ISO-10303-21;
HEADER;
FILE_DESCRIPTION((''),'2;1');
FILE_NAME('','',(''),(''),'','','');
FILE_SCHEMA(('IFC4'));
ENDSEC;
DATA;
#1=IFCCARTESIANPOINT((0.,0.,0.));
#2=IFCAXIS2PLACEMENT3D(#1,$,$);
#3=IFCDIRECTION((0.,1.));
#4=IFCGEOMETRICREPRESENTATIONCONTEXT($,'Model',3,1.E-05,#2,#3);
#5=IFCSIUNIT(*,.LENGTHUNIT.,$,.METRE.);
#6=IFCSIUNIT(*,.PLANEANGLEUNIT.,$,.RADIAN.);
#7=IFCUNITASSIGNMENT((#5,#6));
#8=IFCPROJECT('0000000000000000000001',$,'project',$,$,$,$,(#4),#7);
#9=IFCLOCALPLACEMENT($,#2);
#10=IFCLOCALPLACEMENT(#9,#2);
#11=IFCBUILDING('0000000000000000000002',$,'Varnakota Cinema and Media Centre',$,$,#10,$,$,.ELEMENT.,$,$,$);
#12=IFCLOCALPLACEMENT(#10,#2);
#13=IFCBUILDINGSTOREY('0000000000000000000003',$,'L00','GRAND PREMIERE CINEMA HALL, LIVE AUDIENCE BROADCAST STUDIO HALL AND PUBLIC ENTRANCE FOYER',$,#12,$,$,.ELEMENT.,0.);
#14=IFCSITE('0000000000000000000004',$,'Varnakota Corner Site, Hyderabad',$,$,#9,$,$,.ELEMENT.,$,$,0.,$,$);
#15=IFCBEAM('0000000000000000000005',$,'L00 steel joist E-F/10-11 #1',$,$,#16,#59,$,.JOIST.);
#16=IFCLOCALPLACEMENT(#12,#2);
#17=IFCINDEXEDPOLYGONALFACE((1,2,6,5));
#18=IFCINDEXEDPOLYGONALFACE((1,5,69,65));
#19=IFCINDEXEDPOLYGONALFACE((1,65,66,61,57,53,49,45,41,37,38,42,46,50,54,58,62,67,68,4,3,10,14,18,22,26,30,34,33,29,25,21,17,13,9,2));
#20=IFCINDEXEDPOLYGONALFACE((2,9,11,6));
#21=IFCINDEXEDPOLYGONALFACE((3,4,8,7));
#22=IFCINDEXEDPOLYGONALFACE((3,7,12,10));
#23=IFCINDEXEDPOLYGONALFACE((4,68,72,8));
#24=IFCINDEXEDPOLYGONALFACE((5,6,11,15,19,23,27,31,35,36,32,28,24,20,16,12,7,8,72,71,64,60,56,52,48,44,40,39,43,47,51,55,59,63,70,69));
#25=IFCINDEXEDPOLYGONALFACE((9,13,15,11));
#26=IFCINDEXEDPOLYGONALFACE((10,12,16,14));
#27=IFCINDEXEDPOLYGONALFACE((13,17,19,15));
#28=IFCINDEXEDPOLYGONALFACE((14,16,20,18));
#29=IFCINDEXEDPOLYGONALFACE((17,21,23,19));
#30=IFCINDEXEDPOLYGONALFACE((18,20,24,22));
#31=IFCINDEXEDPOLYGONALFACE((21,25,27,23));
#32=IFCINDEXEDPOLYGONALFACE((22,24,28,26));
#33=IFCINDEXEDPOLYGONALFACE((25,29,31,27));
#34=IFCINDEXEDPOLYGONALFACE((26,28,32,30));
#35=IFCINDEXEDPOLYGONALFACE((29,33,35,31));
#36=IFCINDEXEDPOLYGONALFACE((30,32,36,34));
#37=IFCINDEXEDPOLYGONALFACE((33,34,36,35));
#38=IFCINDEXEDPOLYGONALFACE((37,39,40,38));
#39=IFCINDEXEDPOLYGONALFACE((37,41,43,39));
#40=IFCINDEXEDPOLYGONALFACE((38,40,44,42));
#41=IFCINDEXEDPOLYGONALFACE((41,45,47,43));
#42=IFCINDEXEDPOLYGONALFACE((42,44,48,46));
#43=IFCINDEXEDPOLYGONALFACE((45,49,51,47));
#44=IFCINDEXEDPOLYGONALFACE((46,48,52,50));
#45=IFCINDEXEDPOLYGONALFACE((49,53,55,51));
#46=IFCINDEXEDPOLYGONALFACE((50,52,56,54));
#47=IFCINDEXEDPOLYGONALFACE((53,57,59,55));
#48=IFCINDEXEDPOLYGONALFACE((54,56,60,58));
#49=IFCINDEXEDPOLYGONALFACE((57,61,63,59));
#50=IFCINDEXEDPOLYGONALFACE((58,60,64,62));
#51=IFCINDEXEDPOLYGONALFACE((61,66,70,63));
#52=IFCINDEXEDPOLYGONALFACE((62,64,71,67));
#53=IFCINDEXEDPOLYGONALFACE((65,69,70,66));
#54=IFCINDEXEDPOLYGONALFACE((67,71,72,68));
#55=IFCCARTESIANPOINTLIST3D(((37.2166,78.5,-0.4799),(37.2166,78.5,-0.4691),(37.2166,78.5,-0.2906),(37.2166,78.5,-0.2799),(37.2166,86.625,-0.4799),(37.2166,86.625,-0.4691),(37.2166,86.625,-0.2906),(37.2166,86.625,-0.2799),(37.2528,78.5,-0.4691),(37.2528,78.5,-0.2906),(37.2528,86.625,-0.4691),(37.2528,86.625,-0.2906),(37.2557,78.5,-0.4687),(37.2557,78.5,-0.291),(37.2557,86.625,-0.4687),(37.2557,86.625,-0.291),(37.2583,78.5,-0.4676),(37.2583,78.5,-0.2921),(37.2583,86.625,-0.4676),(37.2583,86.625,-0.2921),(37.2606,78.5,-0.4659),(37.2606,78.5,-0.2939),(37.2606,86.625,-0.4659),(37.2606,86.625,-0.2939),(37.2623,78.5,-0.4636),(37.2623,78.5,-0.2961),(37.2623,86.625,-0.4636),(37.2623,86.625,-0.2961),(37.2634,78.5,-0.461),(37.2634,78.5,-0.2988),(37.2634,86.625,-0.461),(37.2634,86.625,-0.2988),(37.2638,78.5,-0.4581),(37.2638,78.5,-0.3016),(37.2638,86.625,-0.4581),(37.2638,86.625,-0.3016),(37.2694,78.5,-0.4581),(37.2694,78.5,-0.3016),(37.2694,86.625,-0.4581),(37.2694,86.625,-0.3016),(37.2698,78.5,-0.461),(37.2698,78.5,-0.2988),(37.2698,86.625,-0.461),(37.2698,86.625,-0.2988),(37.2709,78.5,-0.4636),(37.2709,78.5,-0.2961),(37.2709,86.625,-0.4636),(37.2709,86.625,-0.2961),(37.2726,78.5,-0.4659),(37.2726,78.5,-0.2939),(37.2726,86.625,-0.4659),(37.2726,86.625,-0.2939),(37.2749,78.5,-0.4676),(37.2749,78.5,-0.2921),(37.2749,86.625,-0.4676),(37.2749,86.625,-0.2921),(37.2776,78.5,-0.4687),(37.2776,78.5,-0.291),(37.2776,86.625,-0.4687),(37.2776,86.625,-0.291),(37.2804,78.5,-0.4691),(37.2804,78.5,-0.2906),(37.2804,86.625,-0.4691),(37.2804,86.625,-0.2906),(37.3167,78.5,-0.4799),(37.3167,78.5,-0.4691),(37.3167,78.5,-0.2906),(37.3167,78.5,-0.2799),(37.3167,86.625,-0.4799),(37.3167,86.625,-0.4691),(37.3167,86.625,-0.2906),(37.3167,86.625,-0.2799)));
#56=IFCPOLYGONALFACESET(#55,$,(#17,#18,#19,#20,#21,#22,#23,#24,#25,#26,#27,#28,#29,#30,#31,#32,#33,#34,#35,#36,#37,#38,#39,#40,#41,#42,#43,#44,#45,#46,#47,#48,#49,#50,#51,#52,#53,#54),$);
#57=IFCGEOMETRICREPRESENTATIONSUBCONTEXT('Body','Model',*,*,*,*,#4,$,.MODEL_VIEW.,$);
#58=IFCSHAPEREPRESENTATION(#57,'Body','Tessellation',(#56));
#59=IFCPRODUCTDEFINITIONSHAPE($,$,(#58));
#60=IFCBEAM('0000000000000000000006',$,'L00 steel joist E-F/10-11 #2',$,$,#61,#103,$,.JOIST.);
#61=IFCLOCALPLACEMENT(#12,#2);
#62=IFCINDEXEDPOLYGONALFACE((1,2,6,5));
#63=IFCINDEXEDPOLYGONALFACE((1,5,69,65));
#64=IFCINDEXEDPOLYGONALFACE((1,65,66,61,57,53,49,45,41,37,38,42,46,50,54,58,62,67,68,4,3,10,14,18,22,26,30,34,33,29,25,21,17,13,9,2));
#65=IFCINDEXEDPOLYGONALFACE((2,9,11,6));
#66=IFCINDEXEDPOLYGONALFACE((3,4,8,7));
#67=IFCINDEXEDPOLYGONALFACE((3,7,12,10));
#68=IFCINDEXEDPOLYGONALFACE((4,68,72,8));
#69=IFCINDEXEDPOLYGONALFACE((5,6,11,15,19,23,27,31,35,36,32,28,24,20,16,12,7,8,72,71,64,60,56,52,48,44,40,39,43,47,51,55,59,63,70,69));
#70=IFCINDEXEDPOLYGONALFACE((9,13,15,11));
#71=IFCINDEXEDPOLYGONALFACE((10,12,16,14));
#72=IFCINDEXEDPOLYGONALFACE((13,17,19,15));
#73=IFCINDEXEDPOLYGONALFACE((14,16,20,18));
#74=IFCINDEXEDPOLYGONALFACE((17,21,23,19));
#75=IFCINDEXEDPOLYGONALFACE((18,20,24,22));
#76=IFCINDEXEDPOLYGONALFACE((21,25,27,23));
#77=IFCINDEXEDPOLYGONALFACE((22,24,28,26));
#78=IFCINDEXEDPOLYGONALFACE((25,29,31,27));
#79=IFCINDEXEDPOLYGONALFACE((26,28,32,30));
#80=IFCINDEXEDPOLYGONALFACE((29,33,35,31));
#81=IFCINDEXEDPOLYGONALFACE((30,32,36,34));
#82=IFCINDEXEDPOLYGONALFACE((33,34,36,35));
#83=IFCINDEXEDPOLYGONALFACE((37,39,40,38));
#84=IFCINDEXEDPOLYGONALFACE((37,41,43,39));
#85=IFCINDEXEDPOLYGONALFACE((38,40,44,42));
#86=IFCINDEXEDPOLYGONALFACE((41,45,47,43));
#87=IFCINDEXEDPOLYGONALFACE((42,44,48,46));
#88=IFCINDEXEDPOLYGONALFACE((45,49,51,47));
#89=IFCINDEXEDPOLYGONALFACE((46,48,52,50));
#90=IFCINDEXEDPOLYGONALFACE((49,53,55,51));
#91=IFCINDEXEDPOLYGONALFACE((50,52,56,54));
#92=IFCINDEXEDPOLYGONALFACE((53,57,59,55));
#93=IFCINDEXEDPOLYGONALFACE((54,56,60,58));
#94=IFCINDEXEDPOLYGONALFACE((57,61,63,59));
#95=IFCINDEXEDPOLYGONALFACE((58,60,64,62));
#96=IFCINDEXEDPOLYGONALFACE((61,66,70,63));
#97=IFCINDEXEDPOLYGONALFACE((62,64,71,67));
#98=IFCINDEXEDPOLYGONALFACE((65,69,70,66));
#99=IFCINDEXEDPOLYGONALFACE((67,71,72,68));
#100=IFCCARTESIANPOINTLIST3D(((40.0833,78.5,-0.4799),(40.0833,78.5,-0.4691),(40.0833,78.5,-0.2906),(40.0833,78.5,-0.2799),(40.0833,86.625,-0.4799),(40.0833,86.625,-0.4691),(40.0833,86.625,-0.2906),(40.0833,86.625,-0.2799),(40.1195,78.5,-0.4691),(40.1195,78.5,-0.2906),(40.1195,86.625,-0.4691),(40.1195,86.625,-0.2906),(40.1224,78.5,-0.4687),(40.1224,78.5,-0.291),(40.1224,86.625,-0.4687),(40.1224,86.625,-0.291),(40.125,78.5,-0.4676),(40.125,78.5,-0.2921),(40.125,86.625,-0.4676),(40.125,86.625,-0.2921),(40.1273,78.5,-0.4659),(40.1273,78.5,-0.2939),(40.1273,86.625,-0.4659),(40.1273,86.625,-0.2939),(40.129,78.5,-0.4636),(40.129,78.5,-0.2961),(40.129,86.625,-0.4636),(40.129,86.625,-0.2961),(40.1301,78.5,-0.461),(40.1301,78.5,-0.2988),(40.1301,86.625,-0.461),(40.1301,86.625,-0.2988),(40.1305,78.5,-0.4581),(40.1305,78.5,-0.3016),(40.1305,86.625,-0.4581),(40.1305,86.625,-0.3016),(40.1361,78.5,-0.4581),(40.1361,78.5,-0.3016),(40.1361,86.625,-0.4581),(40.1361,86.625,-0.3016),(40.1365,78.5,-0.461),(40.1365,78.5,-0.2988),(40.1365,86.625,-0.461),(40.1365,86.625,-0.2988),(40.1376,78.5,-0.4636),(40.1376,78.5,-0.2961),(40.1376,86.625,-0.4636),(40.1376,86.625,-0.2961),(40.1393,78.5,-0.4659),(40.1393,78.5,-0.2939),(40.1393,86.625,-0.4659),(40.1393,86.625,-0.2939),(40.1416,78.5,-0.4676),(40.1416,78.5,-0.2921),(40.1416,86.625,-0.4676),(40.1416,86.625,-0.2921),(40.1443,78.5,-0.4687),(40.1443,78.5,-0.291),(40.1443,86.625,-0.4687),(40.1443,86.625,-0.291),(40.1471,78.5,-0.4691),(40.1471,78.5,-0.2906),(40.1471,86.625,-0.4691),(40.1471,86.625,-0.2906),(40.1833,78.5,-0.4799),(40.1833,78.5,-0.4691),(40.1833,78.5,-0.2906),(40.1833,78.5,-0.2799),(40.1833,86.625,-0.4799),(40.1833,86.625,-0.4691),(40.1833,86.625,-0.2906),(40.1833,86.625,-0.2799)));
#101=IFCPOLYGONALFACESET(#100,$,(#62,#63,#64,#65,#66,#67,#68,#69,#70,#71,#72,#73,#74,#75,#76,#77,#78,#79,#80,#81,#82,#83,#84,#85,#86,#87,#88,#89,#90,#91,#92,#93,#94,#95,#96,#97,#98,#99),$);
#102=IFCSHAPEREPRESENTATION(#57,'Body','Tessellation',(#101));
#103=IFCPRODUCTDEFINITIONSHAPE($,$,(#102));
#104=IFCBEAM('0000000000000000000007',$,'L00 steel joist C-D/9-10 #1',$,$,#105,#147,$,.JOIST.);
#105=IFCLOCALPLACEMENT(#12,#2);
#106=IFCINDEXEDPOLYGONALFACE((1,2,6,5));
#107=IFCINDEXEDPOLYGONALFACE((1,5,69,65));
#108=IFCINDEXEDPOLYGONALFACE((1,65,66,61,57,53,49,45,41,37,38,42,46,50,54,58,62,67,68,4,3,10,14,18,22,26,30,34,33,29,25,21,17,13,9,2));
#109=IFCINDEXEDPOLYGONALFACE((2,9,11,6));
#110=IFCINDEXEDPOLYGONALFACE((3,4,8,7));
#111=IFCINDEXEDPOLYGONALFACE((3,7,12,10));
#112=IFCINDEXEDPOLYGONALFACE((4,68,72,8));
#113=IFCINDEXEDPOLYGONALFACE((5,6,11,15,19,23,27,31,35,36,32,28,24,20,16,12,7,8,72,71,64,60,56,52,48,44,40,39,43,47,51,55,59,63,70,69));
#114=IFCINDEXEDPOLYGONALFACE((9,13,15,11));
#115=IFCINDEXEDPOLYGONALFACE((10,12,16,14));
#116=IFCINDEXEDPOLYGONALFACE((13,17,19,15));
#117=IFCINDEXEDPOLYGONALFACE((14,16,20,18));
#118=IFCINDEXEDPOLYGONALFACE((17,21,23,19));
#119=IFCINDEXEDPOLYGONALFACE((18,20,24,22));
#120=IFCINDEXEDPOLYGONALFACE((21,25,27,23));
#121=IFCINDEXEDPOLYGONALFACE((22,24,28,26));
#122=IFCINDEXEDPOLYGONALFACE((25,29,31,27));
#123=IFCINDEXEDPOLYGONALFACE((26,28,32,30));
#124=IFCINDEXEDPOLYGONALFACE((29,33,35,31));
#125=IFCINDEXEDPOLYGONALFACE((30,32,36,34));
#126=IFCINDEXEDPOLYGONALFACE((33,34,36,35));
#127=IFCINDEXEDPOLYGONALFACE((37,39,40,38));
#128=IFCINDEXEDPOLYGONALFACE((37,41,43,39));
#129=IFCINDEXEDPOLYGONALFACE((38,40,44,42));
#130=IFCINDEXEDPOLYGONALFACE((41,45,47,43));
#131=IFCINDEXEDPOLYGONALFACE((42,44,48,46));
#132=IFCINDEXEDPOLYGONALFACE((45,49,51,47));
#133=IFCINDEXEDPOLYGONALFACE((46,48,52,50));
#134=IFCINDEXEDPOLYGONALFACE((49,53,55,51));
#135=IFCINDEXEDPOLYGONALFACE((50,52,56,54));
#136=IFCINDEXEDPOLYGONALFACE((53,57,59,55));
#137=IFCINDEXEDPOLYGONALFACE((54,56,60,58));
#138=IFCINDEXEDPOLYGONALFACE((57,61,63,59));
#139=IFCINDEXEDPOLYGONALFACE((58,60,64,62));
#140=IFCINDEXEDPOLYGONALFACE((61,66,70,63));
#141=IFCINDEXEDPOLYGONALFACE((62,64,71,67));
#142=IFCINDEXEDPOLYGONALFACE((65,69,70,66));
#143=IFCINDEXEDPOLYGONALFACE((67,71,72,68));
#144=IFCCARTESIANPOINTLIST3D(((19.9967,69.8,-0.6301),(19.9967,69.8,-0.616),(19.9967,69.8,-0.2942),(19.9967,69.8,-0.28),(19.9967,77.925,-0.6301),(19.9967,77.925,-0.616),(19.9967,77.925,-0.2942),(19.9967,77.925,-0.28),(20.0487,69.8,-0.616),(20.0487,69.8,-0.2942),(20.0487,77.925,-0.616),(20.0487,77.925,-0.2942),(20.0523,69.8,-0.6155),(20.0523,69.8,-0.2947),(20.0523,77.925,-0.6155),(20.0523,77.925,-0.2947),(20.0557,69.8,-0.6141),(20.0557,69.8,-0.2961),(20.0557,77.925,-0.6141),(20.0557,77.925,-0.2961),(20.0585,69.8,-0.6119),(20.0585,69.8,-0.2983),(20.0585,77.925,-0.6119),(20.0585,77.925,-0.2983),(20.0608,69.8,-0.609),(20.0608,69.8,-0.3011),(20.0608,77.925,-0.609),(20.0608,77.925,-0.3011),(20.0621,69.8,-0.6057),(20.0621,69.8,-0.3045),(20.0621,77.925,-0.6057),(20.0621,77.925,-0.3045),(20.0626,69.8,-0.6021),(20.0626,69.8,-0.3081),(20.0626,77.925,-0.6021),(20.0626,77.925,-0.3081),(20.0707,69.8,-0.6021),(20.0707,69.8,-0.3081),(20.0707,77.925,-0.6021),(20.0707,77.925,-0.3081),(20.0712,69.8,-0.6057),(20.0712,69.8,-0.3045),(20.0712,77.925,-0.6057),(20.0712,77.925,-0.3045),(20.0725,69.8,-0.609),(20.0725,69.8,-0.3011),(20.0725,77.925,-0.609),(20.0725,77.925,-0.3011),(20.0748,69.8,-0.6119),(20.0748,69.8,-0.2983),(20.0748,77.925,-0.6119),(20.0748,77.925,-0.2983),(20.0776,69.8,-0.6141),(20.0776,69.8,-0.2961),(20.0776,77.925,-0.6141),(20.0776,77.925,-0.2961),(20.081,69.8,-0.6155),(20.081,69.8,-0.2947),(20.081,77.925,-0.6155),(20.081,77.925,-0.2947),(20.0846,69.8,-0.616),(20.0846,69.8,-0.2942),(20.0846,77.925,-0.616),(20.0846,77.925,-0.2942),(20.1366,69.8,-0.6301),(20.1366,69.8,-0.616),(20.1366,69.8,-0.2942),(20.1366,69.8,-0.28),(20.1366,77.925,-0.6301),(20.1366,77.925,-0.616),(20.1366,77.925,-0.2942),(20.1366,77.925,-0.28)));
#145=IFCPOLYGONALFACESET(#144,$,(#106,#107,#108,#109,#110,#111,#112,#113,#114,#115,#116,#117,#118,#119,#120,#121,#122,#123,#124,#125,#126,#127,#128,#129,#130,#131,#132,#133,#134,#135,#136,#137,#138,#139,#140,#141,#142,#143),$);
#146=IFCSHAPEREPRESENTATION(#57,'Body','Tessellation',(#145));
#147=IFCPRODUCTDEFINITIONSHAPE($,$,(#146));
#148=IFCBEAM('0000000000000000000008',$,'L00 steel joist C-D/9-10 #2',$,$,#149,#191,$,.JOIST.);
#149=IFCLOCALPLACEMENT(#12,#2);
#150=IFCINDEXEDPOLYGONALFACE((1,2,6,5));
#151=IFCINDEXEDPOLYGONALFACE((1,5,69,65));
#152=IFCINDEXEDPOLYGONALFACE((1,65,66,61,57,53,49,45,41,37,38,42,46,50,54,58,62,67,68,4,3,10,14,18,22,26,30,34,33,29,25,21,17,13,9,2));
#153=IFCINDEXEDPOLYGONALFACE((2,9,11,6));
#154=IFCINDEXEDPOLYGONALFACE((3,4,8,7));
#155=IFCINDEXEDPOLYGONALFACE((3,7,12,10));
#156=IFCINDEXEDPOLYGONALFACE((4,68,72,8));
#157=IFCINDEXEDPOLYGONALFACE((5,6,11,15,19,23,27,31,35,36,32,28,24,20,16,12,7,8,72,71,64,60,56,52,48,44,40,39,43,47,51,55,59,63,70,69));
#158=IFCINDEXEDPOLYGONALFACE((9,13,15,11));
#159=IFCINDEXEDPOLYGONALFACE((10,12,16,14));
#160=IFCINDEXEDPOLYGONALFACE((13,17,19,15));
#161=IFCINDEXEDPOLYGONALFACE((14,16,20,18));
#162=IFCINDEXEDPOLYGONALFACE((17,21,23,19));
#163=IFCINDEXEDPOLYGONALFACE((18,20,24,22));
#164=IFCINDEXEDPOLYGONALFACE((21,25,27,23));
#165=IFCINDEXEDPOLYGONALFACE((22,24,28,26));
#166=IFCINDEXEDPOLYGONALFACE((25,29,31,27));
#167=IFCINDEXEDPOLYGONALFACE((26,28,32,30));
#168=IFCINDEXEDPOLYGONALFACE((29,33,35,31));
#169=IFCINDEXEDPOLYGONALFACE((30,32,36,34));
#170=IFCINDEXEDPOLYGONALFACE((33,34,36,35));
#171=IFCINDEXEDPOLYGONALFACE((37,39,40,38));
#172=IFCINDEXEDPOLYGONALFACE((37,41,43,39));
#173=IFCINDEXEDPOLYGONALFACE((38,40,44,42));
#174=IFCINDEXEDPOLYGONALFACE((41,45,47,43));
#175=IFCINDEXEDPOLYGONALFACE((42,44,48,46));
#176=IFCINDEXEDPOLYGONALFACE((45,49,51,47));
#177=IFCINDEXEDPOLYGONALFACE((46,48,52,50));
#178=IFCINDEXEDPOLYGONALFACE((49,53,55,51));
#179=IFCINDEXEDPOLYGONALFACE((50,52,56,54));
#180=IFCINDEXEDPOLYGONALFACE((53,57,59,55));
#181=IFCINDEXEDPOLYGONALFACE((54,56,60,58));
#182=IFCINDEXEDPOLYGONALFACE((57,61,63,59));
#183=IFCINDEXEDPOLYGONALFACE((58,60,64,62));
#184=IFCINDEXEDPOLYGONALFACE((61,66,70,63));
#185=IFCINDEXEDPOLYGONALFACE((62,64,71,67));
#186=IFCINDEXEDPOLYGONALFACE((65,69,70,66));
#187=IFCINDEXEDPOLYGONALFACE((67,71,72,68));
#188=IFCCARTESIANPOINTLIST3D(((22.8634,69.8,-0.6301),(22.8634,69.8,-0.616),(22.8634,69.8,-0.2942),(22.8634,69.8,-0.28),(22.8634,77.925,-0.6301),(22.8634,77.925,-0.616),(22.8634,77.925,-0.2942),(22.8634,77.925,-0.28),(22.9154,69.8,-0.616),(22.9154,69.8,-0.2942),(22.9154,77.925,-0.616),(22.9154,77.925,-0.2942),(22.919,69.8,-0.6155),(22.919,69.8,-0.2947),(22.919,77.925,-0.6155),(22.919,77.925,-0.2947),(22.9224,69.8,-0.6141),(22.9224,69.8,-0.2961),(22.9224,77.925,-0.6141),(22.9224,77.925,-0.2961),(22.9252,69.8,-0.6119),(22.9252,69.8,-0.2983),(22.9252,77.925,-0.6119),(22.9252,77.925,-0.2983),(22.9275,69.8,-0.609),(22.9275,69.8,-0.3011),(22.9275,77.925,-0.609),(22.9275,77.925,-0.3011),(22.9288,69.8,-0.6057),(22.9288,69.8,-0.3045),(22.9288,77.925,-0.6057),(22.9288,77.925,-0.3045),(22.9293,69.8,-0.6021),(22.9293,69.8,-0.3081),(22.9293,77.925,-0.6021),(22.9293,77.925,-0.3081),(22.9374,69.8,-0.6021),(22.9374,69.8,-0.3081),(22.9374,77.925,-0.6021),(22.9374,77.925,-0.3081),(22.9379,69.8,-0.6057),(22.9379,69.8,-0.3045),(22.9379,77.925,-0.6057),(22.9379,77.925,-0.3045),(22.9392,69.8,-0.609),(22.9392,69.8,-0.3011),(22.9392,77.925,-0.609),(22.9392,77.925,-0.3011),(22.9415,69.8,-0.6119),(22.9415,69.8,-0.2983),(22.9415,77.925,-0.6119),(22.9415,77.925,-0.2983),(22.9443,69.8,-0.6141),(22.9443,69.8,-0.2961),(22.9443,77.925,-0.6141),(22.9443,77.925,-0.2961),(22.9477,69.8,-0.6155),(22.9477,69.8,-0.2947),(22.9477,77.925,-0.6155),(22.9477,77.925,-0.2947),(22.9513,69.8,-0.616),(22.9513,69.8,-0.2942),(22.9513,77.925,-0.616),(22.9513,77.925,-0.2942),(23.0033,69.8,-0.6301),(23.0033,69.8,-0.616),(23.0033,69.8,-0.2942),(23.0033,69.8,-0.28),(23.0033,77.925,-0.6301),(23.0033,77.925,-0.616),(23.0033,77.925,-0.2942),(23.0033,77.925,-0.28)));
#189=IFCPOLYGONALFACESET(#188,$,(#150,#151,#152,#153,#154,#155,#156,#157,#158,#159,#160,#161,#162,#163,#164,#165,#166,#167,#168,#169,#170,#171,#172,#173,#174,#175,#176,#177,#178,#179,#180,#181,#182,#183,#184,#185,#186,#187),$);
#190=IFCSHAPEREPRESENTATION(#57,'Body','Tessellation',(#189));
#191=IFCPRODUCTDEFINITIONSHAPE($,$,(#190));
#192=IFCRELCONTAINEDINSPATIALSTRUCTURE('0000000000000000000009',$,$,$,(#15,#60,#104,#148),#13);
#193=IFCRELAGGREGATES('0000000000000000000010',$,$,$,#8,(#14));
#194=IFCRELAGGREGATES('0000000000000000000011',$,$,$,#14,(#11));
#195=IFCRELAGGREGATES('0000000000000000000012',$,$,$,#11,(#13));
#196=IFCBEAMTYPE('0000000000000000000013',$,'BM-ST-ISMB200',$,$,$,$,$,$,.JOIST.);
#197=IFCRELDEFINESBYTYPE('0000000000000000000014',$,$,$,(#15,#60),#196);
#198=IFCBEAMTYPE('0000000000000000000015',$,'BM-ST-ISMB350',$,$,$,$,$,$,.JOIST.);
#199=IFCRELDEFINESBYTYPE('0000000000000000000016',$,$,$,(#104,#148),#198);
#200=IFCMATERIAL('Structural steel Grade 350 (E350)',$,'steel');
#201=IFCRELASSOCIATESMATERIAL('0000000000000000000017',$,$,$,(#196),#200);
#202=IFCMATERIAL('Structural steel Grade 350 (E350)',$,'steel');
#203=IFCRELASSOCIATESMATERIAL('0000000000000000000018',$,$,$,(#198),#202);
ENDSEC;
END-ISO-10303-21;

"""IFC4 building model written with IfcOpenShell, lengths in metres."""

from ifc_helpers import new_model, si_unit, direction, frame, origin, origin_2d, place, context, subcontext, project, spatial, i_section, extrude, material, material_profile, profile_set, type_object, element, save


model = new_model("IFC4")

# Units and contexts
model_context = context("Model", 3, precision=1e-05, world=origin(), true_north=direction((0.0, 1.0)))
body_context = subcontext(model_context, "Body", "Model", "MODEL_VIEW")
ifc_project = project(units=[si_unit("LENGTHUNIT", "METRE"), si_unit("PLANEANGLEUNIT", "RADIAN")], contexts=[model_context])

# Site, building, storey
site_placement = place(None, origin())
site = spatial("IfcSite", under=ifc_project, at=site_placement, Name="Varnakota Corner Site, Hyderabad", CompositionType="ELEMENT", RefElevation=0.0)
building_placement = place(site_placement, origin())
building = spatial("IfcBuilding", under=site, at=building_placement, Name="Varnakota Cinema and Media Centre", CompositionType="ELEMENT")
storey_placement = place(building_placement, origin())
storey = spatial("IfcBuildingStorey", under=building, at=storey_placement, Name="L00", Description="GRAND PREMIERE CINEMA HALL, LIVE AUDIENCE BROADCAST STUDIO HALL AND PUBLIC ENTRANCE FOYER", CompositionType="ELEMENT", Elevation=0.0)

# Beams
ifc_material_1 = material(Name="Structural steel Grade 350 (E350)", Category="steel")
ifc_material_profile_1 = material_profile(ifc_material_1, i_section(OverallWidth=0.1001, OverallDepth=0.2, WebThickness=0.0056, FlangeThickness=0.0107, FilletRadius=0.011, at=origin_2d()), Name="ISMB 200")
ifc_profile_set_1 = profile_set([ifc_material_profile_1], Name="Structural steel Grade 350 (E350)")
beam_type_1 = type_object("IfcBeamType", Name="BM-ST-ISMB200", PredefinedType="JOIST", material=ifc_profile_set_1)
for number, where, z_axis, x_axis, name in (
    (1, (37.2666, 78.5, -0.3799), (0.0, 1.0, 0.0), (-1.0, 0.0, 0.0), "L00 steel joist E-F/10-11 #1"),
    (2, (40.1333, 78.5, -0.3799), (0.0, 1.0, 0.0), (-1.0, 0.0, 0.0), "L00 steel joist E-F/10-11 #2"),
):
    element("IfcBeam", number, at=place(storey_placement, frame(where, z_axis=z_axis, x_axis=x_axis)), inside=storey, type_object=beam_type_1, Name=name, PredefinedType="JOIST", context=body_context, shape_type="SweptSolid", body=[
        extrude(i_section(OverallWidth=0.1001, OverallDepth=0.2, WebThickness=0.0056, FlangeThickness=0.0107, FilletRadius=0.011, at=origin_2d()), origin(), (0.0, 0.0, 1.0), 8.125),
    ])
ifc_material_2 = material(Name="Structural steel Grade 350 (E350)", Category="steel")
ifc_material_profile_2 = material_profile(ifc_material_2, i_section(OverallWidth=0.1399, OverallDepth=0.3501, WebThickness=0.0081, FlangeThickness=0.0142, FilletRadius=0.0139, at=origin_2d()), Name="ISMB 350")
ifc_profile_set_2 = profile_set([ifc_material_profile_2], Name="Structural steel Grade 350 (E350)")
beam_type_2 = type_object("IfcBeamType", Name="BM-ST-ISMB350", PredefinedType="JOIST", material=ifc_profile_set_2)
for number, where, z_axis, x_axis, name in (
    (3, (20.0667, 69.8, -0.4551), (0.0, 1.0, 0.0), (-1.0, 0.0, 0.0), "L00 steel joist C-D/9-10 #1"),
    (4, (22.9333, 69.8, -0.4551), (0.0, 1.0, 0.0), (-1.0, 0.0, 0.0), "L00 steel joist C-D/9-10 #2"),
):
    element("IfcBeam", number, at=place(storey_placement, frame(where, z_axis=z_axis, x_axis=x_axis)), inside=storey, type_object=beam_type_2, Name=name, PredefinedType="JOIST", context=body_context, shape_type="SweptSolid", body=[
        extrude(i_section(OverallWidth=0.1399, OverallDepth=0.3501, WebThickness=0.0081, FlangeThickness=0.0142, FilletRadius=0.0139, at=origin_2d()), origin(), (0.0, 0.0, 1.0), 8.125),
    ])

save(model, "model.ifc")
